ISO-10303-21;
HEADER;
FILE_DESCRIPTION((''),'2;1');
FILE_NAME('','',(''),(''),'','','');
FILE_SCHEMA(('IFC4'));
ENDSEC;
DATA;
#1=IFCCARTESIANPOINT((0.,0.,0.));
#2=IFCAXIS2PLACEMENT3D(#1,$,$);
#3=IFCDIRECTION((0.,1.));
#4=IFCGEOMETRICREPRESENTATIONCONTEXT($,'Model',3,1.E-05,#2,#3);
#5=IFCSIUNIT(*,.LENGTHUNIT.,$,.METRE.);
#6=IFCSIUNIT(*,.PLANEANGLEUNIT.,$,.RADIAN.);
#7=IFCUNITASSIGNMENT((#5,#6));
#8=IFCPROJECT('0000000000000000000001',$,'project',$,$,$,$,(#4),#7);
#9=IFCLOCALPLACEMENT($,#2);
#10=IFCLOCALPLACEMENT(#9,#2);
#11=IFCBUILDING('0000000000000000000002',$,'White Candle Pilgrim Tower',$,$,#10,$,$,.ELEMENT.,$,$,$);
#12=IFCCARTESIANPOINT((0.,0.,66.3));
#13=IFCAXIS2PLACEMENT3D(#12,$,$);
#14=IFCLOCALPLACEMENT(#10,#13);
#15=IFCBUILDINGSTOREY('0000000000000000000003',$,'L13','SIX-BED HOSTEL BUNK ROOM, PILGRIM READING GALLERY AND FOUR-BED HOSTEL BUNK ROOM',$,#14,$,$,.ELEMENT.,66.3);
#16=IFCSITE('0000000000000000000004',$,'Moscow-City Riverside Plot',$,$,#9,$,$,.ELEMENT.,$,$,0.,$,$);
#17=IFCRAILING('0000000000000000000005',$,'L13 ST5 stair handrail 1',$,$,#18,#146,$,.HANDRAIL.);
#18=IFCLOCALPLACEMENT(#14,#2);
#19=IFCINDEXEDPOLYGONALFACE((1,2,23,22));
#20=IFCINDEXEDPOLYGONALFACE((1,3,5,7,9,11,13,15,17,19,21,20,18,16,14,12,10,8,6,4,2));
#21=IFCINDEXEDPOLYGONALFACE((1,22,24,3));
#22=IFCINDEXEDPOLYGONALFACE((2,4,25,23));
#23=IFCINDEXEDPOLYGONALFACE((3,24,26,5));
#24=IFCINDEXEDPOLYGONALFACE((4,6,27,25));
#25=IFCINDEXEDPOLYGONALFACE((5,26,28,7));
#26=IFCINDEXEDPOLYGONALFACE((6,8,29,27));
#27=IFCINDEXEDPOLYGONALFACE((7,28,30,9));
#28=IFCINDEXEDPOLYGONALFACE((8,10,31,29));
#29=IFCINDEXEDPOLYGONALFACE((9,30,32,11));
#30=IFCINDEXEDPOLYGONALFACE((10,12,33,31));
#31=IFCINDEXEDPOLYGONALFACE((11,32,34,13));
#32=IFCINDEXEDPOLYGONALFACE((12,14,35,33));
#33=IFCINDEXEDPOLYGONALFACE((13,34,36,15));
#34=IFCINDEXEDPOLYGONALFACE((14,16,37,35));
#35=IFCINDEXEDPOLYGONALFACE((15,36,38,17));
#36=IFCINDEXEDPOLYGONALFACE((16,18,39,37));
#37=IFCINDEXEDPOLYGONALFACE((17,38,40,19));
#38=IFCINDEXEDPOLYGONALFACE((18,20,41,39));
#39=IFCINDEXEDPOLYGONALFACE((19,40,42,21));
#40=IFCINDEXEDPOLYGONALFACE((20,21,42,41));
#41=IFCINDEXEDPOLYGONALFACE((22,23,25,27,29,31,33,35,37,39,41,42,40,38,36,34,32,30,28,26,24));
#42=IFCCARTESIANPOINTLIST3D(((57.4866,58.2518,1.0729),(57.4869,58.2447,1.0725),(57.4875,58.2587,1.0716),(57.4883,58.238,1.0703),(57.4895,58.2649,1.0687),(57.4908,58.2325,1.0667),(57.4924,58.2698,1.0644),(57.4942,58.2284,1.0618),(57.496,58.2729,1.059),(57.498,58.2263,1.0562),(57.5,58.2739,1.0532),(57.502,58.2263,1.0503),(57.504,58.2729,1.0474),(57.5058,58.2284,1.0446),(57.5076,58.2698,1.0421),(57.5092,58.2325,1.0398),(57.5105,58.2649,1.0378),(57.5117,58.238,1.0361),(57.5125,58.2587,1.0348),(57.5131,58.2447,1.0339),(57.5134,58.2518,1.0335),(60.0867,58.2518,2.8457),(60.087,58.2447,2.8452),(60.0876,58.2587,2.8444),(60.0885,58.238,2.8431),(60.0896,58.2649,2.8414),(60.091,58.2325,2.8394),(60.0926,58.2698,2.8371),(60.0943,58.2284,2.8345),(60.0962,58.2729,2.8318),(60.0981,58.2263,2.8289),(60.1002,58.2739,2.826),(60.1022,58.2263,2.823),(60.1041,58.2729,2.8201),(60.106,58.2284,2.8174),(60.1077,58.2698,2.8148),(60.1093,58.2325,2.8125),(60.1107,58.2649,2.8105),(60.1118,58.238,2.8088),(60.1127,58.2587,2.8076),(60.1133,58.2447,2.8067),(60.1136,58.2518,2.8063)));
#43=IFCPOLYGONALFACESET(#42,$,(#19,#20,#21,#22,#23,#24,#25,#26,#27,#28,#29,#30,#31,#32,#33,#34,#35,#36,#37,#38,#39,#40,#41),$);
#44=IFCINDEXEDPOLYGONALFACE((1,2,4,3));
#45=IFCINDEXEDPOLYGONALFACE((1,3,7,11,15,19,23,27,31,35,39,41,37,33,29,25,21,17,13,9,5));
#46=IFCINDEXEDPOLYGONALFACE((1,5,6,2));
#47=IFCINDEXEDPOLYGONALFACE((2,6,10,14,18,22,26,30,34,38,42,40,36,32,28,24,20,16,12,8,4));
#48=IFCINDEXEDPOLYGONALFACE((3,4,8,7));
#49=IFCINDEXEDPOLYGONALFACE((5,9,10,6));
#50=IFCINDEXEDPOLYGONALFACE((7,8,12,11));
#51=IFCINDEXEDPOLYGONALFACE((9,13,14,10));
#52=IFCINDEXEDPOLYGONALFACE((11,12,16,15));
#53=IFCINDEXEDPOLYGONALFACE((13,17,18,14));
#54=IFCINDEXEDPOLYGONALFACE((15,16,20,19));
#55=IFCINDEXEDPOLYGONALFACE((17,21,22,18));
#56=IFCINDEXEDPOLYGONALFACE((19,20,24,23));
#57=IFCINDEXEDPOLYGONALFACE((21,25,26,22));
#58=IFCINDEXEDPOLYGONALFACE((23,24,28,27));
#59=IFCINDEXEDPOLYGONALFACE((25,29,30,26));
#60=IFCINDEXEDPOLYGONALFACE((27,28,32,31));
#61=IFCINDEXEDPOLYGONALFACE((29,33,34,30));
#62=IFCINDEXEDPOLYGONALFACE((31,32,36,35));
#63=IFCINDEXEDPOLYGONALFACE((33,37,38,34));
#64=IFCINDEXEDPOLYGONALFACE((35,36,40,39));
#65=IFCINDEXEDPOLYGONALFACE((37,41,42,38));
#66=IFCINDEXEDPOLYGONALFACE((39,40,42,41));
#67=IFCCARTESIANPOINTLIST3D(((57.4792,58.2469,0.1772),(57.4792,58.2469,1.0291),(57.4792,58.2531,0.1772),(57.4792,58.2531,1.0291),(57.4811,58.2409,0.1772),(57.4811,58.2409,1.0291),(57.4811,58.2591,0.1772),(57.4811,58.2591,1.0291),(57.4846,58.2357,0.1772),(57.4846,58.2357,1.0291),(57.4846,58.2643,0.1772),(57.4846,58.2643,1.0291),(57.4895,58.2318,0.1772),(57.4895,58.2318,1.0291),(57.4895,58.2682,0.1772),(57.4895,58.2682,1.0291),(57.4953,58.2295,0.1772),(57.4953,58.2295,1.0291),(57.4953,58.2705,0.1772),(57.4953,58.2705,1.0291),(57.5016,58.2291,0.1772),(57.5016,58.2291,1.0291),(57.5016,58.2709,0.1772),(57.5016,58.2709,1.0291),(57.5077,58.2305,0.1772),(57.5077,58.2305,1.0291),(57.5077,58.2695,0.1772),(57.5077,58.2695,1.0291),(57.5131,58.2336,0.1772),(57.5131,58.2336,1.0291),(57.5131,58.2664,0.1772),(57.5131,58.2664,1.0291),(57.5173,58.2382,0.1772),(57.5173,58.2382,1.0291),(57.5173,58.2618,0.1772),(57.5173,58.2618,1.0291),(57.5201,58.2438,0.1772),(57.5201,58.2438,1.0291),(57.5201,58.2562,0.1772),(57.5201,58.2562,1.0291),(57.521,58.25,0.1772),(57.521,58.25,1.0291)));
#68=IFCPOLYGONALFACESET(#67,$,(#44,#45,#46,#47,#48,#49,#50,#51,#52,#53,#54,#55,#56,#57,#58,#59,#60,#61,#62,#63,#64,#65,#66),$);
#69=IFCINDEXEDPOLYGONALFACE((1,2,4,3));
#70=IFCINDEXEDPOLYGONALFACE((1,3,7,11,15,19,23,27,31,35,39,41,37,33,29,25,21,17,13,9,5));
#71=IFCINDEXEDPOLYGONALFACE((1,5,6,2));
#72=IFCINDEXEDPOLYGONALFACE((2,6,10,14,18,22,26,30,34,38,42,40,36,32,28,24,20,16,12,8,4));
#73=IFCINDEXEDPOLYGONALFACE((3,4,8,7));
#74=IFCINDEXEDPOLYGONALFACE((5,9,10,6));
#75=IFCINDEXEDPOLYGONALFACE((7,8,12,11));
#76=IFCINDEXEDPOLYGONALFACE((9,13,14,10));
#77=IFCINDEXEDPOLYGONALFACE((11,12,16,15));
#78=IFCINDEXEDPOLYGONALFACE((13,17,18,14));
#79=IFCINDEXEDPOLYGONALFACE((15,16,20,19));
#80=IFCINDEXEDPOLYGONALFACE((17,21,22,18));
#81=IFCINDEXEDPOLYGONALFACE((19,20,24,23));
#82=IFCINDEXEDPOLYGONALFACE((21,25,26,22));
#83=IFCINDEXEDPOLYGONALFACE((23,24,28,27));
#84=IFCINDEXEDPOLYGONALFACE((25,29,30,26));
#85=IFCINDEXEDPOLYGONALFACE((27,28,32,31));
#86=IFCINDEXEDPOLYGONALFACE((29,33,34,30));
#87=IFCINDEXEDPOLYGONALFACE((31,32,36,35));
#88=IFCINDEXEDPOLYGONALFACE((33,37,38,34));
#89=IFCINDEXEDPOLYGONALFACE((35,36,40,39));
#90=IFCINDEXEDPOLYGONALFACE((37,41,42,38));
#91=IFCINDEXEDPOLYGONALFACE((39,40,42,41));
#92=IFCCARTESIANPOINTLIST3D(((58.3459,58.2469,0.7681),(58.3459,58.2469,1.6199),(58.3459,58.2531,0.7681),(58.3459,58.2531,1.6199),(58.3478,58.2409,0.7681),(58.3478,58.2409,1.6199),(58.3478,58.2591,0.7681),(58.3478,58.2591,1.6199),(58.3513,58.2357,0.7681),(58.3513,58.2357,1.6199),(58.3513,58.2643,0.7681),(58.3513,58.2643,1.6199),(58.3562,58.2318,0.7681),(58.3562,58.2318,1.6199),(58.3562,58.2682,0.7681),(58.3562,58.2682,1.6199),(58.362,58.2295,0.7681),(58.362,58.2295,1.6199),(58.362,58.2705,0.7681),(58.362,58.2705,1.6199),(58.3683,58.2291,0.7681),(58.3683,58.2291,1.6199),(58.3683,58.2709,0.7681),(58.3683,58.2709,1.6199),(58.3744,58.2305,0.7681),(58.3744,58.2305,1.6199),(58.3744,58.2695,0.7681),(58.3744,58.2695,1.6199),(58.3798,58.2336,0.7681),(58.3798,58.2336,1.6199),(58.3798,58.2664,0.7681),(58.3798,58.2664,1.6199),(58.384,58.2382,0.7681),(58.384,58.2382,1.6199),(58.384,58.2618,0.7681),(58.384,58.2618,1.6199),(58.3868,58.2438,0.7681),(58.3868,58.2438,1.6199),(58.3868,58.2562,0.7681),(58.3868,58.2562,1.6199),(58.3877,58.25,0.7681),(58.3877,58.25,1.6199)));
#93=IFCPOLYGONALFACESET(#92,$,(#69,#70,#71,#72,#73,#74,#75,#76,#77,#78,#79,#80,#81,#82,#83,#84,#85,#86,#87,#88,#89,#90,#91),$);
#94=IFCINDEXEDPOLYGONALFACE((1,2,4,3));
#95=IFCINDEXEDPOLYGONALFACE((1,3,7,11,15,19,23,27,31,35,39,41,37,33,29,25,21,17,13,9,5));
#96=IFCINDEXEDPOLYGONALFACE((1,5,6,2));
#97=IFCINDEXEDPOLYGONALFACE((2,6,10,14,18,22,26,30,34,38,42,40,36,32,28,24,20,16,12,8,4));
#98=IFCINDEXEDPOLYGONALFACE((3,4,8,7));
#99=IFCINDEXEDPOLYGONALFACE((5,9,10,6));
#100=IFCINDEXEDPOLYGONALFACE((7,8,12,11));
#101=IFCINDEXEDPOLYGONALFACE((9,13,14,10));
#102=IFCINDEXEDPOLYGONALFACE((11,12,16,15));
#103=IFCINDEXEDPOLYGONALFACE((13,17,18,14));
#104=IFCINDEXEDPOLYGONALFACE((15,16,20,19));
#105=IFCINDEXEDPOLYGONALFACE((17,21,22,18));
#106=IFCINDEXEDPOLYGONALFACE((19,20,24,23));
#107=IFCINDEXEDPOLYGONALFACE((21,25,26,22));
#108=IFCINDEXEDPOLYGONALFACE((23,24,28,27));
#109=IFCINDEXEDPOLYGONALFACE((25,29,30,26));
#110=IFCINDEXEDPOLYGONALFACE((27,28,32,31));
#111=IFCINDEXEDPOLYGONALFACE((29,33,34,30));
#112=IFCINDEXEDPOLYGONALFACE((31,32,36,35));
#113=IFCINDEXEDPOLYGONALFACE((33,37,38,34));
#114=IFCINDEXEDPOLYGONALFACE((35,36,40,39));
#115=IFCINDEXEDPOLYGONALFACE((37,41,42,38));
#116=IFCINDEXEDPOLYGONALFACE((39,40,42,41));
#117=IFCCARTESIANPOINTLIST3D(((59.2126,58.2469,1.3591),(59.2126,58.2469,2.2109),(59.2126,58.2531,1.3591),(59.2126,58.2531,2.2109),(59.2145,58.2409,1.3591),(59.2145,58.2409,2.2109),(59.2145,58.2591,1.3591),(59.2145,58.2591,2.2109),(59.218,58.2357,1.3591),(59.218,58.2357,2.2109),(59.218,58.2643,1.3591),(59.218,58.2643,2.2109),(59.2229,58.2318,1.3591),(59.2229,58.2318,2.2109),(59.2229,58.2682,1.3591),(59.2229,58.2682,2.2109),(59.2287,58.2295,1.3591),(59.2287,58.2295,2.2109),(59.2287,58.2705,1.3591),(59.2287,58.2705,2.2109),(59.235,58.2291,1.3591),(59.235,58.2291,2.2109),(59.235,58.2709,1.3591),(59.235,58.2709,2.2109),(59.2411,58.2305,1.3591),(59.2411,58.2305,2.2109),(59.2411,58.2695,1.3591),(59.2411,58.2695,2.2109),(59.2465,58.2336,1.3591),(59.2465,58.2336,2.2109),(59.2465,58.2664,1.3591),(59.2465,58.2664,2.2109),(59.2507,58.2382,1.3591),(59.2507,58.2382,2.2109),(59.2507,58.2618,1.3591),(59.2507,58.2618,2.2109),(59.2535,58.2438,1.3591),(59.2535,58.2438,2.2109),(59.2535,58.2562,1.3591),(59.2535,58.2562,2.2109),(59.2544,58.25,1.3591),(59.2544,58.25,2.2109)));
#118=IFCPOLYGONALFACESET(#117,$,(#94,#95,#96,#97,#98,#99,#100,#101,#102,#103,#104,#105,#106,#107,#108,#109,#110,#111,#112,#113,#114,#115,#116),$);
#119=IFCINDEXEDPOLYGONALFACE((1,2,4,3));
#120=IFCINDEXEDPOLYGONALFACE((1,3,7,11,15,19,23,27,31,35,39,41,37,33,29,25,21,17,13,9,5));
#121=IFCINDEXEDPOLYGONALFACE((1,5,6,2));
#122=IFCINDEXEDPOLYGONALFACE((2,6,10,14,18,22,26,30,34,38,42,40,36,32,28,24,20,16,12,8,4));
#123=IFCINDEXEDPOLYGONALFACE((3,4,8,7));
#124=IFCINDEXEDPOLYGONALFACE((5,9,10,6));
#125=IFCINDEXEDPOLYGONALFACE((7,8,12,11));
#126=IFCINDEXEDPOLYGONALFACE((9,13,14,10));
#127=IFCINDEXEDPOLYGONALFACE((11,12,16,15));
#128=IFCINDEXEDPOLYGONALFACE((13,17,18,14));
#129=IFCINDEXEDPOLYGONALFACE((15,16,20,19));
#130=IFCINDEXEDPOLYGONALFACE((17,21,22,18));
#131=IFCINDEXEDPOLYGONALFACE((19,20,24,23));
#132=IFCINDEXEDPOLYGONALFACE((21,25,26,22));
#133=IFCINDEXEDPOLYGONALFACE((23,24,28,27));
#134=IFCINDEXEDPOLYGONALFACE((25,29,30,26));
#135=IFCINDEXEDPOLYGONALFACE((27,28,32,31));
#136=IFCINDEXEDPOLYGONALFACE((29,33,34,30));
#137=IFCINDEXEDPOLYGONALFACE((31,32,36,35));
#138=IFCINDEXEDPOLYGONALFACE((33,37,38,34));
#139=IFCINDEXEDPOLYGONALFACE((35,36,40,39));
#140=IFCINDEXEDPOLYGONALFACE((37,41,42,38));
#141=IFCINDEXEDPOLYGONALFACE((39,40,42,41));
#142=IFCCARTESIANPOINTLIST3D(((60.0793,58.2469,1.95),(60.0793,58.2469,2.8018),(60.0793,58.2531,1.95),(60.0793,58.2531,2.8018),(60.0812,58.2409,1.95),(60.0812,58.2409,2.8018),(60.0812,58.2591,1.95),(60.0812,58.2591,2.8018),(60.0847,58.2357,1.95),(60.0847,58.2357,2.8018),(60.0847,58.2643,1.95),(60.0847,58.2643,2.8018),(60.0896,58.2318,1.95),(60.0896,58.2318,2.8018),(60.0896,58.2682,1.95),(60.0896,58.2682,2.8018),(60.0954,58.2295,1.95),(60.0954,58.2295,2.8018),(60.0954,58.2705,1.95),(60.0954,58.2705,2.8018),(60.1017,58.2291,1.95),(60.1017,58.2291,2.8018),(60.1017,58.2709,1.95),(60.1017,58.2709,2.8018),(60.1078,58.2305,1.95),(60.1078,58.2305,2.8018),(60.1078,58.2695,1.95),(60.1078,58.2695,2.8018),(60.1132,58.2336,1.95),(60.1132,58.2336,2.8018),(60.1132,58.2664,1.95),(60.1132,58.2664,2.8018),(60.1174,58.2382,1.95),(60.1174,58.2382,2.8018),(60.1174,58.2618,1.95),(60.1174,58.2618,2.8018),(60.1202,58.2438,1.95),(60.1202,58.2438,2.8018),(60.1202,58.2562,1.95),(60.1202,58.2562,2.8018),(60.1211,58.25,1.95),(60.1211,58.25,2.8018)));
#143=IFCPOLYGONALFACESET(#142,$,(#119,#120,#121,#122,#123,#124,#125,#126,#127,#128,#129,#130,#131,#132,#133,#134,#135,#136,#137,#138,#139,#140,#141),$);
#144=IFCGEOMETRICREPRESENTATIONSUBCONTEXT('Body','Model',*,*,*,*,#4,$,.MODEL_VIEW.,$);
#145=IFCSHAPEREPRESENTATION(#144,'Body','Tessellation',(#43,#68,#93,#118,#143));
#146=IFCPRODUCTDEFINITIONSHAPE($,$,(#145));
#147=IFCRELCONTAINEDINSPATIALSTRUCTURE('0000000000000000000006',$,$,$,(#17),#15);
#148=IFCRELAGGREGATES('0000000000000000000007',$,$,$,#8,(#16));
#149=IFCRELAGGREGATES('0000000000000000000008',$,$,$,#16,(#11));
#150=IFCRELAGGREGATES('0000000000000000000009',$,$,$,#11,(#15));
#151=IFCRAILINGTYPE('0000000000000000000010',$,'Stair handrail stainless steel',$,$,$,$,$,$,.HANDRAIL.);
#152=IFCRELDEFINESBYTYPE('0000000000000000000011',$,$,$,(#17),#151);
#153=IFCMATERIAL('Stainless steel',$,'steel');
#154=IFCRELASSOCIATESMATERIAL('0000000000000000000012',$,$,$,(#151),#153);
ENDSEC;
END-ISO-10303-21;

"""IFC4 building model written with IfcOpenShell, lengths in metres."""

from ifc_helpers import new_model, si_unit, direction, frame, origin, origin_2d, place, context, subcontext, project, spatial, circle, extrude, material, type_object, element, save


model = new_model("IFC4")

# Units and contexts
model_context = context("Model", 3, precision=1e-05, world=origin(), true_north=direction((0.0, 1.0)))
body_context = subcontext(model_context, "Body", "Model", "MODEL_VIEW")
ifc_project = project(units=[si_unit("LENGTHUNIT", "METRE"), si_unit("PLANEANGLEUNIT", "RADIAN")], contexts=[model_context])

# Site, building, storey
site_placement = place(None, origin())
site = spatial("IfcSite", under=ifc_project, at=site_placement, Name="Moscow-City Riverside Plot", CompositionType="ELEMENT", RefElevation=0.0)
building_placement = place(site_placement, origin())
building = spatial("IfcBuilding", under=site, at=building_placement, Name="White Candle Pilgrim Tower", CompositionType="ELEMENT")
storey_placement = place(building_placement, frame((0.0, 0.0, 66.3)))
storey = spatial("IfcBuildingStorey", under=building, at=storey_placement, Name="L13", Description="SIX-BED HOSTEL BUNK ROOM, PILGRIM READING GALLERY AND FOUR-BED HOSTEL BUNK ROOM", CompositionType="ELEMENT", Elevation=66.3)

# Railing
ifc_material_1 = material(Name="Stainless steel", Category="steel")
railing_type_1 = type_object("IfcRailingType", Name="Stair handrail stainless steel", PredefinedType="HANDRAIL", material=ifc_material_1)
railing_1_placement = place(storey_placement, frame((57.5, 58.25, 0.1772)))
element("IfcRailing", 1, at=railing_1_placement, inside=storey, type_object=railing_type_1, Name="L13 ST5 stair handrail 1", PredefinedType="HANDRAIL", context=body_context, shape_type="SweptSolid", body=[
    extrude(circle(Radius=0.0239, at=origin_2d()), frame((0.0, 0.0, 0.876), z_axis=(0.82624, 0.0, 0.563318), x_axis=(0.0, 1.0, 0.0)), (0.0, 0.0, 1.0), 3.147),
    extrude(circle(Radius=0.021, at=origin_2d()), origin(), (0.0, 0.0, 1.0), 0.8518),
    extrude(circle(Radius=0.021, at=origin_2d()), frame((0.8667, 0.0, 0.5908)), (0.0, 0.0, 1.0), 0.8518),
    extrude(circle(Radius=0.021, at=origin_2d()), frame((1.7334, 0.0, 1.1819)), (0.0, 0.0, 1.0), 0.8518),
    extrude(circle(Radius=0.021, at=origin_2d()), frame((2.6001, 0.0, 1.7727)), (0.0, 0.0, 1.0), 0.8518),
])

save(model, "model.ifc")
